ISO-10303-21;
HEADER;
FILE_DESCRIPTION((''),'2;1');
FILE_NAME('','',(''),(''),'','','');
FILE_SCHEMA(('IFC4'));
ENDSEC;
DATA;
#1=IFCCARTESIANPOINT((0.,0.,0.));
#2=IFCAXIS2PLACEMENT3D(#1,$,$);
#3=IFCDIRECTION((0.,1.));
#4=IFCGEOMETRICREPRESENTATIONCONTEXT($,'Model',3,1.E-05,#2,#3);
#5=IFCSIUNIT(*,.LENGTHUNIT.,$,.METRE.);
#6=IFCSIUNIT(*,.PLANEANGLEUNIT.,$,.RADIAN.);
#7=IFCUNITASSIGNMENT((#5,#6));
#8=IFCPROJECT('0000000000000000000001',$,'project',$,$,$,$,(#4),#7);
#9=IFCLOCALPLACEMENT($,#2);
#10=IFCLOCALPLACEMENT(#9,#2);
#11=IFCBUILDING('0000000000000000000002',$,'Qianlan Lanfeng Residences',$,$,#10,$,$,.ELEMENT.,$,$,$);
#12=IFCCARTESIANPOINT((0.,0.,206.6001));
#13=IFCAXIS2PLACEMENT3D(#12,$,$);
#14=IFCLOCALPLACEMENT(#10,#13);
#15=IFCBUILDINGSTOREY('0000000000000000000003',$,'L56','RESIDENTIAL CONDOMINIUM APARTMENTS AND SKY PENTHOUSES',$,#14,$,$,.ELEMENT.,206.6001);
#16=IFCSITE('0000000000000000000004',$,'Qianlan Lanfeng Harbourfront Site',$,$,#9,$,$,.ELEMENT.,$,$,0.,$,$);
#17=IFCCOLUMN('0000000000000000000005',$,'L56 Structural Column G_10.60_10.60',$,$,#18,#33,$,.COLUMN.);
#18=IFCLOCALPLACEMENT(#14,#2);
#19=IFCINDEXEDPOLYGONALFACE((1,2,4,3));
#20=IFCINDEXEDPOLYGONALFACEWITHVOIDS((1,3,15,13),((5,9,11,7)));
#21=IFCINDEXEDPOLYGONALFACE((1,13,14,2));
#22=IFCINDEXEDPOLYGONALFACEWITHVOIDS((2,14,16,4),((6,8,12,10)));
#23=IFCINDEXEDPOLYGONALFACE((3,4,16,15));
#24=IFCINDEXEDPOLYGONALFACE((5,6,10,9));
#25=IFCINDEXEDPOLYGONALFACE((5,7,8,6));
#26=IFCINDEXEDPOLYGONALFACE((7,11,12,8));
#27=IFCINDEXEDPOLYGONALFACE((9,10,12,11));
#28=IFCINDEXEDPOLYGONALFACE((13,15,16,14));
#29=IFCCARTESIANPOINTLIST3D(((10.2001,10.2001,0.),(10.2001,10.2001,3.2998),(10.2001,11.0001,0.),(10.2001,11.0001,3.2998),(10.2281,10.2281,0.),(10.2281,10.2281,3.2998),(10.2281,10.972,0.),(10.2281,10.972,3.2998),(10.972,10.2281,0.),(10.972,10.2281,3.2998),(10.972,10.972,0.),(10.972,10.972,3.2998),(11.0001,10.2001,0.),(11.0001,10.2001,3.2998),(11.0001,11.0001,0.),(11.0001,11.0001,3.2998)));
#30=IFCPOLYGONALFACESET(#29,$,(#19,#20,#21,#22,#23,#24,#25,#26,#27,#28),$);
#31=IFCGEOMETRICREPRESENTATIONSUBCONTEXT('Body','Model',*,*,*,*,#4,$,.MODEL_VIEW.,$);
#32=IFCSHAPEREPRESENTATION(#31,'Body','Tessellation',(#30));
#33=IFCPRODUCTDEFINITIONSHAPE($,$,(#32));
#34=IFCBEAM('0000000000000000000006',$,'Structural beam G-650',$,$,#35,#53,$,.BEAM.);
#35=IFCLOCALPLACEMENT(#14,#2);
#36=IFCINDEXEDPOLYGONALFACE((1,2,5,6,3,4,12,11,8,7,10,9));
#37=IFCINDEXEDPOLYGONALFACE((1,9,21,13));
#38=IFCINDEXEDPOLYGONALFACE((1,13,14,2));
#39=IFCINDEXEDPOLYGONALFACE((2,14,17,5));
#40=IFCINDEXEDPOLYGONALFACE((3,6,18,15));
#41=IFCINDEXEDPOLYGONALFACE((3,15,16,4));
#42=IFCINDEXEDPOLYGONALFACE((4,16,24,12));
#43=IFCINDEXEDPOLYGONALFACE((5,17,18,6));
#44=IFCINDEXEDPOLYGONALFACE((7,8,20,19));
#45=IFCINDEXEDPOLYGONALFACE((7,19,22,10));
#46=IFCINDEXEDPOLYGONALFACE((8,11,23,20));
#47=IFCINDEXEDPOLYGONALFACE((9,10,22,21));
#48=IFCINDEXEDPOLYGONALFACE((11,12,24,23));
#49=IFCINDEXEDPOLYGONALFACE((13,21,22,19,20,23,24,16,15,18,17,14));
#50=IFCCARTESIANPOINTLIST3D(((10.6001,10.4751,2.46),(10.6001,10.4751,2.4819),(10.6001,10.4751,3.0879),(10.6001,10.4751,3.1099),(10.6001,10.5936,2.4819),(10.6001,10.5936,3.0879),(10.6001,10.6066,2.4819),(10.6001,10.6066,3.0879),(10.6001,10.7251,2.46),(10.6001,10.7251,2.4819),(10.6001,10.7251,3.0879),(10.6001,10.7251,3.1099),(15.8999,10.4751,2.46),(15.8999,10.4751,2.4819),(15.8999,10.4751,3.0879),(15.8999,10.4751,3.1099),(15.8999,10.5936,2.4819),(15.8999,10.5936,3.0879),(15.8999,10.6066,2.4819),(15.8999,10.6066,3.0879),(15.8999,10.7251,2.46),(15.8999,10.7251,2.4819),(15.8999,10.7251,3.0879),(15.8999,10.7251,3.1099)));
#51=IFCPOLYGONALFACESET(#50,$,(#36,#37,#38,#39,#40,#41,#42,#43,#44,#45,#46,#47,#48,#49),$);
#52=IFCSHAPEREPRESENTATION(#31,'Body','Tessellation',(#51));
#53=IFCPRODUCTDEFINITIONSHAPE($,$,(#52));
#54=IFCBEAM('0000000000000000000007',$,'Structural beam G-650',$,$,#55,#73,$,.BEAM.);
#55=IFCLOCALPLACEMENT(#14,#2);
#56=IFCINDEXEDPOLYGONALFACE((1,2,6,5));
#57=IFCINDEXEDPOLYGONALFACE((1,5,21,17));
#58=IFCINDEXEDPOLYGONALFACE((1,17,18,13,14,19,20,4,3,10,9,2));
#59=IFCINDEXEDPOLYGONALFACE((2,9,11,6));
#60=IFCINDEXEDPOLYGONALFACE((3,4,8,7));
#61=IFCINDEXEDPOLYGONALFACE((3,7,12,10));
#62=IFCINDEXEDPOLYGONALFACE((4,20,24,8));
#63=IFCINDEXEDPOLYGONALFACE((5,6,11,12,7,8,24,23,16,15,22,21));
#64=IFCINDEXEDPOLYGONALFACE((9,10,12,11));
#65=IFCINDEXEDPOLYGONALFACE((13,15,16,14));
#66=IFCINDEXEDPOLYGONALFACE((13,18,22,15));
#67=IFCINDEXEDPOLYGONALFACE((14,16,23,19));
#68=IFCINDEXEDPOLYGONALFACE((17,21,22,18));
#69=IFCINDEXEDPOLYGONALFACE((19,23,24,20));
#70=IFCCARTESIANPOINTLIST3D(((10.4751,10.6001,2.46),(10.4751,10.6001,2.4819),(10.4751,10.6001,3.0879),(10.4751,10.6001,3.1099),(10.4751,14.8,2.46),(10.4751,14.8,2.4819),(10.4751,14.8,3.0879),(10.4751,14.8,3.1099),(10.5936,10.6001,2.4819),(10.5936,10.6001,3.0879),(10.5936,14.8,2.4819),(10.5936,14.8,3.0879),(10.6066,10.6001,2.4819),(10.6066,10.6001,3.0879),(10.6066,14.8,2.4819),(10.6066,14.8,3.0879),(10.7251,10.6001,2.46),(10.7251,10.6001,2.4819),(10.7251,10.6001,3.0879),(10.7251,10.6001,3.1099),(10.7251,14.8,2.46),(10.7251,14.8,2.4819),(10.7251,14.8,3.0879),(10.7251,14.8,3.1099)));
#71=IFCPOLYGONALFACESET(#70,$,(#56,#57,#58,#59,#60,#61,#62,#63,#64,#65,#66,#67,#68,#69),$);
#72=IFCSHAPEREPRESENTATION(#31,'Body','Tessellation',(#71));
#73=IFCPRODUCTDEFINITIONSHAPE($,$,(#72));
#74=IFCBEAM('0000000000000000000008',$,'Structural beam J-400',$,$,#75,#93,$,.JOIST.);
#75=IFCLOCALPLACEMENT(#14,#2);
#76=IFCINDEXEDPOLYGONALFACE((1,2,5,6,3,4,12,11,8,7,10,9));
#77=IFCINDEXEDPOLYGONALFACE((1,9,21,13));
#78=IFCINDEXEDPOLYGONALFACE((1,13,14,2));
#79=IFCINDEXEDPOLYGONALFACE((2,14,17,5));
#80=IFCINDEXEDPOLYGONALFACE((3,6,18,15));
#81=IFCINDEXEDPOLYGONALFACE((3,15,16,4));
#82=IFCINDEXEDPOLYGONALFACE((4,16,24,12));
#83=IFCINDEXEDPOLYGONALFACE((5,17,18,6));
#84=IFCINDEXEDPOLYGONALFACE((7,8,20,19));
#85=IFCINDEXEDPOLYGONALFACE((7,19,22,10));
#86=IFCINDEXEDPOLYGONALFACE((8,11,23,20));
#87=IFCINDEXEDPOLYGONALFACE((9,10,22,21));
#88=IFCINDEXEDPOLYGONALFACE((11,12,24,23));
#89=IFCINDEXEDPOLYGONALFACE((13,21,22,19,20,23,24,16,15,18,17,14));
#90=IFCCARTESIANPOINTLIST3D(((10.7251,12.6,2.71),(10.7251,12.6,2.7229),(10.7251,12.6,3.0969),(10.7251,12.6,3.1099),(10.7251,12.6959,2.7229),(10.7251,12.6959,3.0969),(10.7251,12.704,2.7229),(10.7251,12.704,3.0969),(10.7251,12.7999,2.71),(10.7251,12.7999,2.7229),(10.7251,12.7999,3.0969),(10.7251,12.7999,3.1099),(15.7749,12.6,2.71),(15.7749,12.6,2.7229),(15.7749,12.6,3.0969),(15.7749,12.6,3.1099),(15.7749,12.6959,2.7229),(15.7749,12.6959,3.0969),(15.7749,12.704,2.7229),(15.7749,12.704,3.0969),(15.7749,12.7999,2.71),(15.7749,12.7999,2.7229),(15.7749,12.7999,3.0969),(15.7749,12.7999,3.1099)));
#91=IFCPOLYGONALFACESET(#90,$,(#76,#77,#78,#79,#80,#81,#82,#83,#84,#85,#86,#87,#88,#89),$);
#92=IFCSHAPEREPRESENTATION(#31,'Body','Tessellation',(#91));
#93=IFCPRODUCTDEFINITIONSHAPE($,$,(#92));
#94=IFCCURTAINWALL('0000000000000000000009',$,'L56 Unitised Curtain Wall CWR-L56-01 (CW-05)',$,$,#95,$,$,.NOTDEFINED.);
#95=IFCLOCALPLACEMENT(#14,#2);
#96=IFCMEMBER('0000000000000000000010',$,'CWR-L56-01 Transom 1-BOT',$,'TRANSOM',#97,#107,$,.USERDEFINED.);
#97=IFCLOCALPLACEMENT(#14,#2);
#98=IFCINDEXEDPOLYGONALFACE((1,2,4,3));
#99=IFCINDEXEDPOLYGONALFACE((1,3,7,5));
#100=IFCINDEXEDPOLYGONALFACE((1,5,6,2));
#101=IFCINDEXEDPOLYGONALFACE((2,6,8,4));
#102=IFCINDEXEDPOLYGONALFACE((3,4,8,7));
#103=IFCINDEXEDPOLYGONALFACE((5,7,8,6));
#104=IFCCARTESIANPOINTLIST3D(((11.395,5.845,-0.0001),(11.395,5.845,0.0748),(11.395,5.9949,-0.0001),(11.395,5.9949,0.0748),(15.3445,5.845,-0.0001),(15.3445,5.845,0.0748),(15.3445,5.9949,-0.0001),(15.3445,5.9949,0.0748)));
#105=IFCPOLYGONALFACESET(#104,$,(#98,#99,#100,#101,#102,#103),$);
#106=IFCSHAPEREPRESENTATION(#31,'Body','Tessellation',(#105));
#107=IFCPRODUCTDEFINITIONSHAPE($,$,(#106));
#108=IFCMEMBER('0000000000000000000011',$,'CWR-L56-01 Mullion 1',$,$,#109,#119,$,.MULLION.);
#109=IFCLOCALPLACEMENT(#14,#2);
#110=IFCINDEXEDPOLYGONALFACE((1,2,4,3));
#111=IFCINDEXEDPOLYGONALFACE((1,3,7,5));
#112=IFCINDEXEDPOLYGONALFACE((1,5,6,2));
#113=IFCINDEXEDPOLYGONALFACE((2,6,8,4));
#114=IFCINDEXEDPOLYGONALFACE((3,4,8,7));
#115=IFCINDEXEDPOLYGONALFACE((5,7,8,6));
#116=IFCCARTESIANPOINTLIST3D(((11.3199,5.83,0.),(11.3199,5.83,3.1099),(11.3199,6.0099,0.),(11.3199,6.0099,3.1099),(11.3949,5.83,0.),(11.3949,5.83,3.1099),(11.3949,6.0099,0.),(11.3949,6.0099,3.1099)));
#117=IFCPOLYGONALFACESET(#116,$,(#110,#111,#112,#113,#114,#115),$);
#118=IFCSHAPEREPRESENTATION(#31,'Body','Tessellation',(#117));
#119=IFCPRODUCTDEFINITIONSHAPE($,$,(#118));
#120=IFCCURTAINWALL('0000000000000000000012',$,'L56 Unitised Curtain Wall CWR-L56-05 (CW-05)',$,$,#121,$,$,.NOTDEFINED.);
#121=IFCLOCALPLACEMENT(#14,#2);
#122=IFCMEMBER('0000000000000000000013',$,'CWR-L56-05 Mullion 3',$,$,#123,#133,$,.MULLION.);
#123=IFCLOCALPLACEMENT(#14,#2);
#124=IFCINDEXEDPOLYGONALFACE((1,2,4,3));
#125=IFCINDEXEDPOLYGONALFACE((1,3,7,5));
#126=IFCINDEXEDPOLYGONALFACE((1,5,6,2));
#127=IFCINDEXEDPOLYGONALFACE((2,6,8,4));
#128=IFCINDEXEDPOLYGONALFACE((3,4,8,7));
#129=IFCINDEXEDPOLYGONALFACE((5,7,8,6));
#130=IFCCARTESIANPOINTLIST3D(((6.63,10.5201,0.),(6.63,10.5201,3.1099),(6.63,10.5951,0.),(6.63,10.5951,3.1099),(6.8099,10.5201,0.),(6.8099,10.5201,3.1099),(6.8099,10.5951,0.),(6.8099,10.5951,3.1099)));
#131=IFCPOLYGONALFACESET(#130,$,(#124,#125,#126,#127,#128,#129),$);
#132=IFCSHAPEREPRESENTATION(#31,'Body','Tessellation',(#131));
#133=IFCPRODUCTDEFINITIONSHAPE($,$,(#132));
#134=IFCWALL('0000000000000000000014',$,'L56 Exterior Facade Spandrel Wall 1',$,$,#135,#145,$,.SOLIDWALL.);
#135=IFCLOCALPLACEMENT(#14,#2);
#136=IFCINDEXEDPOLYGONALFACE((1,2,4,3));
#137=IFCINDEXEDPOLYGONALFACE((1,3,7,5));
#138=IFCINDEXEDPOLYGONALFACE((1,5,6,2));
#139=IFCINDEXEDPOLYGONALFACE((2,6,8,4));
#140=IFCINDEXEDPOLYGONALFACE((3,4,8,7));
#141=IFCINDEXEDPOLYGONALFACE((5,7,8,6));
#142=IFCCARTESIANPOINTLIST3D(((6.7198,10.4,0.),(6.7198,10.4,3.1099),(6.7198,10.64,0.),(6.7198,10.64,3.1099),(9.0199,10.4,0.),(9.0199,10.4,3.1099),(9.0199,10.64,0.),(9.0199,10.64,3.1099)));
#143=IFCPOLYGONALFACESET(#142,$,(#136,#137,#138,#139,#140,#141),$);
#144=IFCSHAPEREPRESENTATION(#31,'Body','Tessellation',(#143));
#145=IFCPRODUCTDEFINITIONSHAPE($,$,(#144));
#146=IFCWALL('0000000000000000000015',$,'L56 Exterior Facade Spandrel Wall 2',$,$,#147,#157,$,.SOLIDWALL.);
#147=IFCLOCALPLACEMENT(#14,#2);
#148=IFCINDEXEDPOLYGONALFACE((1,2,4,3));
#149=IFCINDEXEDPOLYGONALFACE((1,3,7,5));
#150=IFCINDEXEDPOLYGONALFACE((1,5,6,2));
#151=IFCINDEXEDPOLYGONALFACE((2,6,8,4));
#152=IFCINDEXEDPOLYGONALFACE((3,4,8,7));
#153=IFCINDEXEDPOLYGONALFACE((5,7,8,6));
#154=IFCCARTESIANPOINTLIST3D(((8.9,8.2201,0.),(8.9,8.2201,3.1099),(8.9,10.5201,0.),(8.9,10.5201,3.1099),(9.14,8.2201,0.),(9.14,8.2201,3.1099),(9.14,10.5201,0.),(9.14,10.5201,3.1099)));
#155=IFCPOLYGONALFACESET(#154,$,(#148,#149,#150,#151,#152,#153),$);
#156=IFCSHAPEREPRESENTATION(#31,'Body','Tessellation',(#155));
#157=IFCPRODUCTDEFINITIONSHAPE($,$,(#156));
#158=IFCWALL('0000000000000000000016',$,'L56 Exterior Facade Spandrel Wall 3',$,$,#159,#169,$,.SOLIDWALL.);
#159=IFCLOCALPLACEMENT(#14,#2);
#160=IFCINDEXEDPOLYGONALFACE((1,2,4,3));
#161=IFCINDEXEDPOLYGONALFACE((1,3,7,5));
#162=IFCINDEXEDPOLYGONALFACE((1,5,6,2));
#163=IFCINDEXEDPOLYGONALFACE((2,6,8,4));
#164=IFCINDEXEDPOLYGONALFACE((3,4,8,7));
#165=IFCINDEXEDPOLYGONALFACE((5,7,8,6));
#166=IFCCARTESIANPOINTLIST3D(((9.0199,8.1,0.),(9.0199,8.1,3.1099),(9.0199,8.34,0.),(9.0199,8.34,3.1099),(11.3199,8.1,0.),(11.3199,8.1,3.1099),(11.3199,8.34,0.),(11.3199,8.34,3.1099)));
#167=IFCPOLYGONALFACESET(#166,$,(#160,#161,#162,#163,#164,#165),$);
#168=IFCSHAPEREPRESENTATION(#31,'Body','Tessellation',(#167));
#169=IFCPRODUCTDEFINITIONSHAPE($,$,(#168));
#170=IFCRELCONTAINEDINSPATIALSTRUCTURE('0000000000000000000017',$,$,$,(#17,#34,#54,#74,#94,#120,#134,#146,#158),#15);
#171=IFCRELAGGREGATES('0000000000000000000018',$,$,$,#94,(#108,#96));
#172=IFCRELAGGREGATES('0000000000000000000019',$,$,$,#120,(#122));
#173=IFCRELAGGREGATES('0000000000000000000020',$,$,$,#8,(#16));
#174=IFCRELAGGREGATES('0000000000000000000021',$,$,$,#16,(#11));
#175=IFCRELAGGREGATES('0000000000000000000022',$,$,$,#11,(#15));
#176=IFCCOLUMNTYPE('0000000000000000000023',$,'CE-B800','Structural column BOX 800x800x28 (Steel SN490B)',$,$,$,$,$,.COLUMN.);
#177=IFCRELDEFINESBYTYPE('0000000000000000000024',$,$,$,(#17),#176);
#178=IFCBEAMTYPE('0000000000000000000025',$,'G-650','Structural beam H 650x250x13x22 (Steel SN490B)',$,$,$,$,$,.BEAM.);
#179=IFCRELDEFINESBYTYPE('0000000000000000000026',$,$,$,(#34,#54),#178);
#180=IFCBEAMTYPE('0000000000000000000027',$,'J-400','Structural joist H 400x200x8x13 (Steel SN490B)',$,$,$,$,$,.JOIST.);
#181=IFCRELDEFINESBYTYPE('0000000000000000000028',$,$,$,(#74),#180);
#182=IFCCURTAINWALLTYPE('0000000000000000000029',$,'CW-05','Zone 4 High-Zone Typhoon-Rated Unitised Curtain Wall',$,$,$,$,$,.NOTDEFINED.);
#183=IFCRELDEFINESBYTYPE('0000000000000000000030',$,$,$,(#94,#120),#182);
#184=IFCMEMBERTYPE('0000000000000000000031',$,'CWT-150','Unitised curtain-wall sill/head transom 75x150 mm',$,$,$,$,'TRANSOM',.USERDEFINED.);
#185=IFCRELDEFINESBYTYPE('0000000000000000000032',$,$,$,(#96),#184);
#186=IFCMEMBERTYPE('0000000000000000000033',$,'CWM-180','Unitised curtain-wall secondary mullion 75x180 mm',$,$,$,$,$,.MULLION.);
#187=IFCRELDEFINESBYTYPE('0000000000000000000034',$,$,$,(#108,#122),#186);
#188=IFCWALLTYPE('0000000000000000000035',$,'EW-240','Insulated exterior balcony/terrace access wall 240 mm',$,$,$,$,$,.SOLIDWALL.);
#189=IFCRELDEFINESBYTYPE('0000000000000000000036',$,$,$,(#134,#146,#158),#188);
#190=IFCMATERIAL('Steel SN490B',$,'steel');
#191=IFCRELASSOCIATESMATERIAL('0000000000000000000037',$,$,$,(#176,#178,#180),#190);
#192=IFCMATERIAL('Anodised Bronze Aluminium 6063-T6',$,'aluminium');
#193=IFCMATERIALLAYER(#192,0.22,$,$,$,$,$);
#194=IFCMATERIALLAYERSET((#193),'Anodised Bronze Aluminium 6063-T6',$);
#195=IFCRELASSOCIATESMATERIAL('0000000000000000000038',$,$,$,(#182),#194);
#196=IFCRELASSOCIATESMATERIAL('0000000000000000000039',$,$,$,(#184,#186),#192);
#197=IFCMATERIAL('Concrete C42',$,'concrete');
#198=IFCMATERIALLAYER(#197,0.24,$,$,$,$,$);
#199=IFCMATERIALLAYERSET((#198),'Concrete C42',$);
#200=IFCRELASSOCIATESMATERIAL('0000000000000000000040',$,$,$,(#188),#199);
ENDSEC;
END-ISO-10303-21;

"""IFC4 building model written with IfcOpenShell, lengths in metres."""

from ifc_helpers import new_model, si_unit, direction, frame, frame_2d, origin, origin_2d, place, context, subcontext, project, spatial, rectangle, hollow_rectangle, i_section, extrude, source, transform, mapped, material, layer, layer_set, material_profile, profile_set, type_object, element, aggregate, save


model = new_model("IFC4")

# Units and contexts
model_context = context("Model", 3, precision=1e-05, world=origin(), true_north=direction((0.0, 1.0)))
body_context = subcontext(model_context, "Body", "Model", "MODEL_VIEW")
ifc_project = project(units=[si_unit("LENGTHUNIT", "METRE"), si_unit("PLANEANGLEUNIT", "RADIAN")], contexts=[model_context])

# Site, building, storey
site_placement = place(None, origin())
site = spatial("IfcSite", under=ifc_project, at=site_placement, Name="Qianlan Lanfeng Harbourfront Site", CompositionType="ELEMENT", RefElevation=0.0)
building_placement = place(site_placement, origin())
building = spatial("IfcBuilding", under=site, at=building_placement, Name="Qianlan Lanfeng Residences", CompositionType="ELEMENT")
storey_placement = place(building_placement, frame((0.0, 0.0, 206.6001)))
storey = spatial("IfcBuildingStorey", under=building, at=storey_placement, Name="L56", Description="RESIDENTIAL CONDOMINIUM APARTMENTS AND SKY PENTHOUSES", CompositionType="ELEMENT", Elevation=206.6001)

# Column
ifc_material_1 = material(Name="Steel SN490B", Category="steel")
ifc_material_profile_1 = material_profile(ifc_material_1, hollow_rectangle(XDim=0.8, YDim=0.8, WallThickness=0.0281, at=origin_2d()), Name="BOX 800x800x28")
ifc_profile_set_1 = profile_set([ifc_material_profile_1], Name="Steel SN490B")
column_type = type_object("IfcColumnType", Name="CE-B800", Description="Structural column BOX 800x800x28 (Steel SN490B)", PredefinedType="COLUMN", material=ifc_profile_set_1)
column_placement = place(storey_placement, frame((10.6001, 10.6001, 0.0), z_axis=(0.0, 0.0, 1.0), x_axis=(1.0, 0.0, 0.0)))
element("IfcColumn", 1, at=column_placement, inside=storey, type_object=column_type, Name="L56 Structural Column G_10.60_10.60", PredefinedType="COLUMN", context=body_context, shape_type="SweptSolid", body=[
    extrude(hollow_rectangle(XDim=0.8, YDim=0.8, WallThickness=0.0281, at=origin_2d()), origin(), (0.0, 0.0, 1.0), 3.2998),
])

# Beams
ifc_material_profile_2 = material_profile(ifc_material_1, i_section(OverallWidth=0.25, OverallDepth=0.6499, WebThickness=0.0129, FlangeThickness=0.022, at=origin_2d()), Name="H 650x250x13x22")
ifc_profile_set_2 = profile_set([ifc_material_profile_2], Name="Steel SN490B")
beam_type_1 = type_object("IfcBeamType", Name="G-650", Description="Structural beam H 650x250x13x22 (Steel SN490B)", PredefinedType="BEAM", material=ifc_profile_set_2)
beam_1_placement = place(storey_placement, frame((10.6001, 10.6001, 2.7849), z_axis=(1.0, 0.0, 0.0), x_axis=(0.0, 1.0, 0.0)))
element("IfcBeam", 2, at=beam_1_placement, inside=storey, type_object=beam_type_1, Name="Structural beam G-650", PredefinedType="BEAM", context=body_context, shape_type="SweptSolid", body=[
    extrude(i_section(OverallWidth=0.25, OverallDepth=0.6499, WebThickness=0.0129, FlangeThickness=0.022, at=origin_2d()), origin(), (0.0, 0.0, 1.0), 5.2998),
])
beam_2_placement = place(storey_placement, frame((10.6001, 10.6001, 2.7849), z_axis=(0.0, 1.0, 0.0), x_axis=(-1.0, 0.0, 0.0)))
element("IfcBeam", 3, at=beam_2_placement, inside=storey, type_object=beam_type_1, Name="Structural beam G-650", PredefinedType="BEAM", context=body_context, shape_type="SweptSolid", body=[
    extrude(i_section(OverallWidth=0.25, OverallDepth=0.6499, WebThickness=0.0129, FlangeThickness=0.022, at=origin_2d()), origin(), (0.0, 0.0, 1.0), 4.2),
])
ifc_material_profile_3 = material_profile(ifc_material_1, i_section(OverallWidth=0.2, OverallDepth=0.3999, WebThickness=0.0081, FlangeThickness=0.0129, at=origin_2d()), Name="H 400x200x8x13")
ifc_profile_set_3 = profile_set([ifc_material_profile_3], Name="Steel SN490B")
beam_type_2 = type_object("IfcBeamType", Name="J-400", Description="Structural joist H 400x200x8x13 (Steel SN490B)", PredefinedType="JOIST", material=ifc_profile_set_3)
beam_3_placement = place(storey_placement, frame((10.7251, 12.7, 2.9099), z_axis=(1.0, 0.0, 0.0), x_axis=(0.0, 1.0, 0.0)))
element("IfcBeam", 4, at=beam_3_placement, inside=storey, type_object=beam_type_2, Name="Structural beam J-400", PredefinedType="JOIST", context=body_context, shape_type="SweptSolid", body=[
    extrude(i_section(OverallWidth=0.2, OverallDepth=0.3999, WebThickness=0.0081, FlangeThickness=0.0129, at=origin_2d()), origin(), (0.0, 0.0, 1.0), 5.0498),
])

# Curtain wall, members
ifc_material_2 = material(Name="Anodised Bronze Aluminium 6063-T6", Category="aluminium")
ifc_layer_1 = layer(ifc_material_2, 0.22)
ifc_layer_set_1 = layer_set([ifc_layer_1], Name="Anodised Bronze Aluminium 6063-T6")
curtain_wall_type = type_object("IfcCurtainWallType", Name="CW-05", Description="Zone 4 High-Zone Typhoon-Rated Unitised Curtain Wall", PredefinedType="NOTDEFINED", material=ifc_layer_set_1)
curtain_wall_1_placement = place(storey_placement, origin())
curtain_wall_1 = element("IfcCurtainWall", 5, at=curtain_wall_1_placement, inside=storey, type_object=curtain_wall_type, Name="L56 Unitised Curtain Wall CWR-L56-01 (CW-05)", PredefinedType="NOTDEFINED")
ifc_material_profile_4 = material_profile(ifc_material_2, rectangle(XDim=0.075, YDim=0.1499, at=origin_2d()), Name="ALU TRANSOM 75x150")
ifc_profile_set_4 = profile_set([ifc_material_profile_4], Name="Anodised Bronze Aluminium 6063-T6")
member_type_1 = type_object("IfcMemberType", Name="CWT-150", Description="Unitised curtain-wall sill/head transom 75x150 mm", ElementType="TRANSOM", PredefinedType="USERDEFINED", material=ifc_profile_set_4)
shared_shape_1 = source(origin(), body_context, "Body", "SweptSolid", [
    extrude(rectangle(XDim=0.075, YDim=0.1499, at=origin_2d()), origin(), (0.0, 0.0, 1.0), 3.9495),
])
member_1_placement = place(storey_placement, frame((11.395, 5.9199, 0.0374), z_axis=(1.0, 0.0, 0.0), x_axis=(0.0, 0.0, 1.0)))
member_1 = element("IfcMember", 6, at=member_1_placement, type_object=member_type_1, Name="CWR-L56-01 Transom 1-BOT", ObjectType="TRANSOM", PredefinedType="USERDEFINED", context=body_context, shape_type="MappedRepresentation", body=[
    mapped(shared_shape_1, transform((0.0, 0.0, 0.0), scale=1.0)),
])
ifc_material_profile_5 = material_profile(ifc_material_2, rectangle(XDim=0.075, YDim=0.1799, at=origin_2d()), Name="ALU MULLION 75x180")
ifc_profile_set_5 = profile_set([ifc_material_profile_5], Name="Anodised Bronze Aluminium 6063-T6")
member_type_2 = type_object("IfcMemberType", Name="CWM-180", Description="Unitised curtain-wall secondary mullion 75x180 mm", PredefinedType="MULLION", material=ifc_profile_set_5)
shared_shape_2 = source(origin(), body_context, "Body", "SweptSolid", [
    extrude(rectangle(XDim=0.075, YDim=0.1799, at=origin_2d()), origin(), (0.0, 0.0, 1.0), 3.1099),
])
member_2_placement = place(storey_placement, frame((11.3574, 5.9199, 0.0), z_axis=(0.0, 0.0, 1.0), x_axis=(1.0, 0.0, 0.0)))
member_2 = element("IfcMember", 7, at=member_2_placement, type_object=member_type_2, Name="CWR-L56-01 Mullion 1", PredefinedType="MULLION", context=body_context, shape_type="MappedRepresentation", body=[
    mapped(shared_shape_2, transform((0.0, 0.0, 0.0), scale=1.0)),
])
aggregate(curtain_wall_1, [member_2, member_1])

# Curtain wall, member
curtain_wall_2_placement = place(storey_placement, origin())
curtain_wall_2 = element("IfcCurtainWall", 8, at=curtain_wall_2_placement, inside=storey, type_object=curtain_wall_type, Name="L56 Unitised Curtain Wall CWR-L56-05 (CW-05)", PredefinedType="NOTDEFINED")
member_3_placement = place(storey_placement, frame((6.72, 10.5576, 0.0), z_axis=(0.0, 0.0, 1.0), x_axis=(0.0, -1.0, 0.0)))
member_3 = element("IfcMember", 9, at=member_3_placement, type_object=member_type_2, Name="CWR-L56-05 Mullion 3", PredefinedType="MULLION", context=body_context, shape_type="MappedRepresentation", body=[
    mapped(shared_shape_2, transform((0.0, 0.0, 0.0), scale=1.0)),
])
aggregate(curtain_wall_2, [member_3])

# Walls
ifc_material_3 = material(Name="Concrete C42", Category="concrete")
ifc_layer_2 = layer(ifc_material_3, 0.24)
ifc_layer_set_2 = layer_set([ifc_layer_2], Name="Concrete C42")
wall_type_1 = type_object("IfcWallType", Name="EW-240", Description="Insulated exterior balcony/terrace access wall 240 mm", PredefinedType="SOLIDWALL", material=ifc_layer_set_2)
for number, where, z_axis, x_axis, name in (
    (10, (6.72, 10.52, 0.0), (0.0, 0.0, 1.0), (1.0, 0.0, 0.0), "L56 Exterior Facade Spandrel Wall 1"),
    (11, (9.02, 10.52, 0.0), (0.0, 0.0, 1.0), (0.0, -1.0, 0.0), "L56 Exterior Facade Spandrel Wall 2"),
    (12, (9.02, 8.22, 0.0), (0.0, 0.0, 1.0), (1.0, 0.0, 0.0), "L56 Exterior Facade Spandrel Wall 3"),
):
    element("IfcWall", number, at=place(storey_placement, frame(where, z_axis=z_axis, x_axis=x_axis)), inside=storey, type_object=wall_type_1, Name=name, PredefinedType="SOLIDWALL", context=body_context, shape_type="SweptSolid", body=[
        extrude(rectangle(XDim=2.3, YDim=0.24, at=frame_2d((1.1499, 0.0))), origin(), (0.0, 0.0, 1.0), 3.1099),
    ])

save(model, "model.ifc")
